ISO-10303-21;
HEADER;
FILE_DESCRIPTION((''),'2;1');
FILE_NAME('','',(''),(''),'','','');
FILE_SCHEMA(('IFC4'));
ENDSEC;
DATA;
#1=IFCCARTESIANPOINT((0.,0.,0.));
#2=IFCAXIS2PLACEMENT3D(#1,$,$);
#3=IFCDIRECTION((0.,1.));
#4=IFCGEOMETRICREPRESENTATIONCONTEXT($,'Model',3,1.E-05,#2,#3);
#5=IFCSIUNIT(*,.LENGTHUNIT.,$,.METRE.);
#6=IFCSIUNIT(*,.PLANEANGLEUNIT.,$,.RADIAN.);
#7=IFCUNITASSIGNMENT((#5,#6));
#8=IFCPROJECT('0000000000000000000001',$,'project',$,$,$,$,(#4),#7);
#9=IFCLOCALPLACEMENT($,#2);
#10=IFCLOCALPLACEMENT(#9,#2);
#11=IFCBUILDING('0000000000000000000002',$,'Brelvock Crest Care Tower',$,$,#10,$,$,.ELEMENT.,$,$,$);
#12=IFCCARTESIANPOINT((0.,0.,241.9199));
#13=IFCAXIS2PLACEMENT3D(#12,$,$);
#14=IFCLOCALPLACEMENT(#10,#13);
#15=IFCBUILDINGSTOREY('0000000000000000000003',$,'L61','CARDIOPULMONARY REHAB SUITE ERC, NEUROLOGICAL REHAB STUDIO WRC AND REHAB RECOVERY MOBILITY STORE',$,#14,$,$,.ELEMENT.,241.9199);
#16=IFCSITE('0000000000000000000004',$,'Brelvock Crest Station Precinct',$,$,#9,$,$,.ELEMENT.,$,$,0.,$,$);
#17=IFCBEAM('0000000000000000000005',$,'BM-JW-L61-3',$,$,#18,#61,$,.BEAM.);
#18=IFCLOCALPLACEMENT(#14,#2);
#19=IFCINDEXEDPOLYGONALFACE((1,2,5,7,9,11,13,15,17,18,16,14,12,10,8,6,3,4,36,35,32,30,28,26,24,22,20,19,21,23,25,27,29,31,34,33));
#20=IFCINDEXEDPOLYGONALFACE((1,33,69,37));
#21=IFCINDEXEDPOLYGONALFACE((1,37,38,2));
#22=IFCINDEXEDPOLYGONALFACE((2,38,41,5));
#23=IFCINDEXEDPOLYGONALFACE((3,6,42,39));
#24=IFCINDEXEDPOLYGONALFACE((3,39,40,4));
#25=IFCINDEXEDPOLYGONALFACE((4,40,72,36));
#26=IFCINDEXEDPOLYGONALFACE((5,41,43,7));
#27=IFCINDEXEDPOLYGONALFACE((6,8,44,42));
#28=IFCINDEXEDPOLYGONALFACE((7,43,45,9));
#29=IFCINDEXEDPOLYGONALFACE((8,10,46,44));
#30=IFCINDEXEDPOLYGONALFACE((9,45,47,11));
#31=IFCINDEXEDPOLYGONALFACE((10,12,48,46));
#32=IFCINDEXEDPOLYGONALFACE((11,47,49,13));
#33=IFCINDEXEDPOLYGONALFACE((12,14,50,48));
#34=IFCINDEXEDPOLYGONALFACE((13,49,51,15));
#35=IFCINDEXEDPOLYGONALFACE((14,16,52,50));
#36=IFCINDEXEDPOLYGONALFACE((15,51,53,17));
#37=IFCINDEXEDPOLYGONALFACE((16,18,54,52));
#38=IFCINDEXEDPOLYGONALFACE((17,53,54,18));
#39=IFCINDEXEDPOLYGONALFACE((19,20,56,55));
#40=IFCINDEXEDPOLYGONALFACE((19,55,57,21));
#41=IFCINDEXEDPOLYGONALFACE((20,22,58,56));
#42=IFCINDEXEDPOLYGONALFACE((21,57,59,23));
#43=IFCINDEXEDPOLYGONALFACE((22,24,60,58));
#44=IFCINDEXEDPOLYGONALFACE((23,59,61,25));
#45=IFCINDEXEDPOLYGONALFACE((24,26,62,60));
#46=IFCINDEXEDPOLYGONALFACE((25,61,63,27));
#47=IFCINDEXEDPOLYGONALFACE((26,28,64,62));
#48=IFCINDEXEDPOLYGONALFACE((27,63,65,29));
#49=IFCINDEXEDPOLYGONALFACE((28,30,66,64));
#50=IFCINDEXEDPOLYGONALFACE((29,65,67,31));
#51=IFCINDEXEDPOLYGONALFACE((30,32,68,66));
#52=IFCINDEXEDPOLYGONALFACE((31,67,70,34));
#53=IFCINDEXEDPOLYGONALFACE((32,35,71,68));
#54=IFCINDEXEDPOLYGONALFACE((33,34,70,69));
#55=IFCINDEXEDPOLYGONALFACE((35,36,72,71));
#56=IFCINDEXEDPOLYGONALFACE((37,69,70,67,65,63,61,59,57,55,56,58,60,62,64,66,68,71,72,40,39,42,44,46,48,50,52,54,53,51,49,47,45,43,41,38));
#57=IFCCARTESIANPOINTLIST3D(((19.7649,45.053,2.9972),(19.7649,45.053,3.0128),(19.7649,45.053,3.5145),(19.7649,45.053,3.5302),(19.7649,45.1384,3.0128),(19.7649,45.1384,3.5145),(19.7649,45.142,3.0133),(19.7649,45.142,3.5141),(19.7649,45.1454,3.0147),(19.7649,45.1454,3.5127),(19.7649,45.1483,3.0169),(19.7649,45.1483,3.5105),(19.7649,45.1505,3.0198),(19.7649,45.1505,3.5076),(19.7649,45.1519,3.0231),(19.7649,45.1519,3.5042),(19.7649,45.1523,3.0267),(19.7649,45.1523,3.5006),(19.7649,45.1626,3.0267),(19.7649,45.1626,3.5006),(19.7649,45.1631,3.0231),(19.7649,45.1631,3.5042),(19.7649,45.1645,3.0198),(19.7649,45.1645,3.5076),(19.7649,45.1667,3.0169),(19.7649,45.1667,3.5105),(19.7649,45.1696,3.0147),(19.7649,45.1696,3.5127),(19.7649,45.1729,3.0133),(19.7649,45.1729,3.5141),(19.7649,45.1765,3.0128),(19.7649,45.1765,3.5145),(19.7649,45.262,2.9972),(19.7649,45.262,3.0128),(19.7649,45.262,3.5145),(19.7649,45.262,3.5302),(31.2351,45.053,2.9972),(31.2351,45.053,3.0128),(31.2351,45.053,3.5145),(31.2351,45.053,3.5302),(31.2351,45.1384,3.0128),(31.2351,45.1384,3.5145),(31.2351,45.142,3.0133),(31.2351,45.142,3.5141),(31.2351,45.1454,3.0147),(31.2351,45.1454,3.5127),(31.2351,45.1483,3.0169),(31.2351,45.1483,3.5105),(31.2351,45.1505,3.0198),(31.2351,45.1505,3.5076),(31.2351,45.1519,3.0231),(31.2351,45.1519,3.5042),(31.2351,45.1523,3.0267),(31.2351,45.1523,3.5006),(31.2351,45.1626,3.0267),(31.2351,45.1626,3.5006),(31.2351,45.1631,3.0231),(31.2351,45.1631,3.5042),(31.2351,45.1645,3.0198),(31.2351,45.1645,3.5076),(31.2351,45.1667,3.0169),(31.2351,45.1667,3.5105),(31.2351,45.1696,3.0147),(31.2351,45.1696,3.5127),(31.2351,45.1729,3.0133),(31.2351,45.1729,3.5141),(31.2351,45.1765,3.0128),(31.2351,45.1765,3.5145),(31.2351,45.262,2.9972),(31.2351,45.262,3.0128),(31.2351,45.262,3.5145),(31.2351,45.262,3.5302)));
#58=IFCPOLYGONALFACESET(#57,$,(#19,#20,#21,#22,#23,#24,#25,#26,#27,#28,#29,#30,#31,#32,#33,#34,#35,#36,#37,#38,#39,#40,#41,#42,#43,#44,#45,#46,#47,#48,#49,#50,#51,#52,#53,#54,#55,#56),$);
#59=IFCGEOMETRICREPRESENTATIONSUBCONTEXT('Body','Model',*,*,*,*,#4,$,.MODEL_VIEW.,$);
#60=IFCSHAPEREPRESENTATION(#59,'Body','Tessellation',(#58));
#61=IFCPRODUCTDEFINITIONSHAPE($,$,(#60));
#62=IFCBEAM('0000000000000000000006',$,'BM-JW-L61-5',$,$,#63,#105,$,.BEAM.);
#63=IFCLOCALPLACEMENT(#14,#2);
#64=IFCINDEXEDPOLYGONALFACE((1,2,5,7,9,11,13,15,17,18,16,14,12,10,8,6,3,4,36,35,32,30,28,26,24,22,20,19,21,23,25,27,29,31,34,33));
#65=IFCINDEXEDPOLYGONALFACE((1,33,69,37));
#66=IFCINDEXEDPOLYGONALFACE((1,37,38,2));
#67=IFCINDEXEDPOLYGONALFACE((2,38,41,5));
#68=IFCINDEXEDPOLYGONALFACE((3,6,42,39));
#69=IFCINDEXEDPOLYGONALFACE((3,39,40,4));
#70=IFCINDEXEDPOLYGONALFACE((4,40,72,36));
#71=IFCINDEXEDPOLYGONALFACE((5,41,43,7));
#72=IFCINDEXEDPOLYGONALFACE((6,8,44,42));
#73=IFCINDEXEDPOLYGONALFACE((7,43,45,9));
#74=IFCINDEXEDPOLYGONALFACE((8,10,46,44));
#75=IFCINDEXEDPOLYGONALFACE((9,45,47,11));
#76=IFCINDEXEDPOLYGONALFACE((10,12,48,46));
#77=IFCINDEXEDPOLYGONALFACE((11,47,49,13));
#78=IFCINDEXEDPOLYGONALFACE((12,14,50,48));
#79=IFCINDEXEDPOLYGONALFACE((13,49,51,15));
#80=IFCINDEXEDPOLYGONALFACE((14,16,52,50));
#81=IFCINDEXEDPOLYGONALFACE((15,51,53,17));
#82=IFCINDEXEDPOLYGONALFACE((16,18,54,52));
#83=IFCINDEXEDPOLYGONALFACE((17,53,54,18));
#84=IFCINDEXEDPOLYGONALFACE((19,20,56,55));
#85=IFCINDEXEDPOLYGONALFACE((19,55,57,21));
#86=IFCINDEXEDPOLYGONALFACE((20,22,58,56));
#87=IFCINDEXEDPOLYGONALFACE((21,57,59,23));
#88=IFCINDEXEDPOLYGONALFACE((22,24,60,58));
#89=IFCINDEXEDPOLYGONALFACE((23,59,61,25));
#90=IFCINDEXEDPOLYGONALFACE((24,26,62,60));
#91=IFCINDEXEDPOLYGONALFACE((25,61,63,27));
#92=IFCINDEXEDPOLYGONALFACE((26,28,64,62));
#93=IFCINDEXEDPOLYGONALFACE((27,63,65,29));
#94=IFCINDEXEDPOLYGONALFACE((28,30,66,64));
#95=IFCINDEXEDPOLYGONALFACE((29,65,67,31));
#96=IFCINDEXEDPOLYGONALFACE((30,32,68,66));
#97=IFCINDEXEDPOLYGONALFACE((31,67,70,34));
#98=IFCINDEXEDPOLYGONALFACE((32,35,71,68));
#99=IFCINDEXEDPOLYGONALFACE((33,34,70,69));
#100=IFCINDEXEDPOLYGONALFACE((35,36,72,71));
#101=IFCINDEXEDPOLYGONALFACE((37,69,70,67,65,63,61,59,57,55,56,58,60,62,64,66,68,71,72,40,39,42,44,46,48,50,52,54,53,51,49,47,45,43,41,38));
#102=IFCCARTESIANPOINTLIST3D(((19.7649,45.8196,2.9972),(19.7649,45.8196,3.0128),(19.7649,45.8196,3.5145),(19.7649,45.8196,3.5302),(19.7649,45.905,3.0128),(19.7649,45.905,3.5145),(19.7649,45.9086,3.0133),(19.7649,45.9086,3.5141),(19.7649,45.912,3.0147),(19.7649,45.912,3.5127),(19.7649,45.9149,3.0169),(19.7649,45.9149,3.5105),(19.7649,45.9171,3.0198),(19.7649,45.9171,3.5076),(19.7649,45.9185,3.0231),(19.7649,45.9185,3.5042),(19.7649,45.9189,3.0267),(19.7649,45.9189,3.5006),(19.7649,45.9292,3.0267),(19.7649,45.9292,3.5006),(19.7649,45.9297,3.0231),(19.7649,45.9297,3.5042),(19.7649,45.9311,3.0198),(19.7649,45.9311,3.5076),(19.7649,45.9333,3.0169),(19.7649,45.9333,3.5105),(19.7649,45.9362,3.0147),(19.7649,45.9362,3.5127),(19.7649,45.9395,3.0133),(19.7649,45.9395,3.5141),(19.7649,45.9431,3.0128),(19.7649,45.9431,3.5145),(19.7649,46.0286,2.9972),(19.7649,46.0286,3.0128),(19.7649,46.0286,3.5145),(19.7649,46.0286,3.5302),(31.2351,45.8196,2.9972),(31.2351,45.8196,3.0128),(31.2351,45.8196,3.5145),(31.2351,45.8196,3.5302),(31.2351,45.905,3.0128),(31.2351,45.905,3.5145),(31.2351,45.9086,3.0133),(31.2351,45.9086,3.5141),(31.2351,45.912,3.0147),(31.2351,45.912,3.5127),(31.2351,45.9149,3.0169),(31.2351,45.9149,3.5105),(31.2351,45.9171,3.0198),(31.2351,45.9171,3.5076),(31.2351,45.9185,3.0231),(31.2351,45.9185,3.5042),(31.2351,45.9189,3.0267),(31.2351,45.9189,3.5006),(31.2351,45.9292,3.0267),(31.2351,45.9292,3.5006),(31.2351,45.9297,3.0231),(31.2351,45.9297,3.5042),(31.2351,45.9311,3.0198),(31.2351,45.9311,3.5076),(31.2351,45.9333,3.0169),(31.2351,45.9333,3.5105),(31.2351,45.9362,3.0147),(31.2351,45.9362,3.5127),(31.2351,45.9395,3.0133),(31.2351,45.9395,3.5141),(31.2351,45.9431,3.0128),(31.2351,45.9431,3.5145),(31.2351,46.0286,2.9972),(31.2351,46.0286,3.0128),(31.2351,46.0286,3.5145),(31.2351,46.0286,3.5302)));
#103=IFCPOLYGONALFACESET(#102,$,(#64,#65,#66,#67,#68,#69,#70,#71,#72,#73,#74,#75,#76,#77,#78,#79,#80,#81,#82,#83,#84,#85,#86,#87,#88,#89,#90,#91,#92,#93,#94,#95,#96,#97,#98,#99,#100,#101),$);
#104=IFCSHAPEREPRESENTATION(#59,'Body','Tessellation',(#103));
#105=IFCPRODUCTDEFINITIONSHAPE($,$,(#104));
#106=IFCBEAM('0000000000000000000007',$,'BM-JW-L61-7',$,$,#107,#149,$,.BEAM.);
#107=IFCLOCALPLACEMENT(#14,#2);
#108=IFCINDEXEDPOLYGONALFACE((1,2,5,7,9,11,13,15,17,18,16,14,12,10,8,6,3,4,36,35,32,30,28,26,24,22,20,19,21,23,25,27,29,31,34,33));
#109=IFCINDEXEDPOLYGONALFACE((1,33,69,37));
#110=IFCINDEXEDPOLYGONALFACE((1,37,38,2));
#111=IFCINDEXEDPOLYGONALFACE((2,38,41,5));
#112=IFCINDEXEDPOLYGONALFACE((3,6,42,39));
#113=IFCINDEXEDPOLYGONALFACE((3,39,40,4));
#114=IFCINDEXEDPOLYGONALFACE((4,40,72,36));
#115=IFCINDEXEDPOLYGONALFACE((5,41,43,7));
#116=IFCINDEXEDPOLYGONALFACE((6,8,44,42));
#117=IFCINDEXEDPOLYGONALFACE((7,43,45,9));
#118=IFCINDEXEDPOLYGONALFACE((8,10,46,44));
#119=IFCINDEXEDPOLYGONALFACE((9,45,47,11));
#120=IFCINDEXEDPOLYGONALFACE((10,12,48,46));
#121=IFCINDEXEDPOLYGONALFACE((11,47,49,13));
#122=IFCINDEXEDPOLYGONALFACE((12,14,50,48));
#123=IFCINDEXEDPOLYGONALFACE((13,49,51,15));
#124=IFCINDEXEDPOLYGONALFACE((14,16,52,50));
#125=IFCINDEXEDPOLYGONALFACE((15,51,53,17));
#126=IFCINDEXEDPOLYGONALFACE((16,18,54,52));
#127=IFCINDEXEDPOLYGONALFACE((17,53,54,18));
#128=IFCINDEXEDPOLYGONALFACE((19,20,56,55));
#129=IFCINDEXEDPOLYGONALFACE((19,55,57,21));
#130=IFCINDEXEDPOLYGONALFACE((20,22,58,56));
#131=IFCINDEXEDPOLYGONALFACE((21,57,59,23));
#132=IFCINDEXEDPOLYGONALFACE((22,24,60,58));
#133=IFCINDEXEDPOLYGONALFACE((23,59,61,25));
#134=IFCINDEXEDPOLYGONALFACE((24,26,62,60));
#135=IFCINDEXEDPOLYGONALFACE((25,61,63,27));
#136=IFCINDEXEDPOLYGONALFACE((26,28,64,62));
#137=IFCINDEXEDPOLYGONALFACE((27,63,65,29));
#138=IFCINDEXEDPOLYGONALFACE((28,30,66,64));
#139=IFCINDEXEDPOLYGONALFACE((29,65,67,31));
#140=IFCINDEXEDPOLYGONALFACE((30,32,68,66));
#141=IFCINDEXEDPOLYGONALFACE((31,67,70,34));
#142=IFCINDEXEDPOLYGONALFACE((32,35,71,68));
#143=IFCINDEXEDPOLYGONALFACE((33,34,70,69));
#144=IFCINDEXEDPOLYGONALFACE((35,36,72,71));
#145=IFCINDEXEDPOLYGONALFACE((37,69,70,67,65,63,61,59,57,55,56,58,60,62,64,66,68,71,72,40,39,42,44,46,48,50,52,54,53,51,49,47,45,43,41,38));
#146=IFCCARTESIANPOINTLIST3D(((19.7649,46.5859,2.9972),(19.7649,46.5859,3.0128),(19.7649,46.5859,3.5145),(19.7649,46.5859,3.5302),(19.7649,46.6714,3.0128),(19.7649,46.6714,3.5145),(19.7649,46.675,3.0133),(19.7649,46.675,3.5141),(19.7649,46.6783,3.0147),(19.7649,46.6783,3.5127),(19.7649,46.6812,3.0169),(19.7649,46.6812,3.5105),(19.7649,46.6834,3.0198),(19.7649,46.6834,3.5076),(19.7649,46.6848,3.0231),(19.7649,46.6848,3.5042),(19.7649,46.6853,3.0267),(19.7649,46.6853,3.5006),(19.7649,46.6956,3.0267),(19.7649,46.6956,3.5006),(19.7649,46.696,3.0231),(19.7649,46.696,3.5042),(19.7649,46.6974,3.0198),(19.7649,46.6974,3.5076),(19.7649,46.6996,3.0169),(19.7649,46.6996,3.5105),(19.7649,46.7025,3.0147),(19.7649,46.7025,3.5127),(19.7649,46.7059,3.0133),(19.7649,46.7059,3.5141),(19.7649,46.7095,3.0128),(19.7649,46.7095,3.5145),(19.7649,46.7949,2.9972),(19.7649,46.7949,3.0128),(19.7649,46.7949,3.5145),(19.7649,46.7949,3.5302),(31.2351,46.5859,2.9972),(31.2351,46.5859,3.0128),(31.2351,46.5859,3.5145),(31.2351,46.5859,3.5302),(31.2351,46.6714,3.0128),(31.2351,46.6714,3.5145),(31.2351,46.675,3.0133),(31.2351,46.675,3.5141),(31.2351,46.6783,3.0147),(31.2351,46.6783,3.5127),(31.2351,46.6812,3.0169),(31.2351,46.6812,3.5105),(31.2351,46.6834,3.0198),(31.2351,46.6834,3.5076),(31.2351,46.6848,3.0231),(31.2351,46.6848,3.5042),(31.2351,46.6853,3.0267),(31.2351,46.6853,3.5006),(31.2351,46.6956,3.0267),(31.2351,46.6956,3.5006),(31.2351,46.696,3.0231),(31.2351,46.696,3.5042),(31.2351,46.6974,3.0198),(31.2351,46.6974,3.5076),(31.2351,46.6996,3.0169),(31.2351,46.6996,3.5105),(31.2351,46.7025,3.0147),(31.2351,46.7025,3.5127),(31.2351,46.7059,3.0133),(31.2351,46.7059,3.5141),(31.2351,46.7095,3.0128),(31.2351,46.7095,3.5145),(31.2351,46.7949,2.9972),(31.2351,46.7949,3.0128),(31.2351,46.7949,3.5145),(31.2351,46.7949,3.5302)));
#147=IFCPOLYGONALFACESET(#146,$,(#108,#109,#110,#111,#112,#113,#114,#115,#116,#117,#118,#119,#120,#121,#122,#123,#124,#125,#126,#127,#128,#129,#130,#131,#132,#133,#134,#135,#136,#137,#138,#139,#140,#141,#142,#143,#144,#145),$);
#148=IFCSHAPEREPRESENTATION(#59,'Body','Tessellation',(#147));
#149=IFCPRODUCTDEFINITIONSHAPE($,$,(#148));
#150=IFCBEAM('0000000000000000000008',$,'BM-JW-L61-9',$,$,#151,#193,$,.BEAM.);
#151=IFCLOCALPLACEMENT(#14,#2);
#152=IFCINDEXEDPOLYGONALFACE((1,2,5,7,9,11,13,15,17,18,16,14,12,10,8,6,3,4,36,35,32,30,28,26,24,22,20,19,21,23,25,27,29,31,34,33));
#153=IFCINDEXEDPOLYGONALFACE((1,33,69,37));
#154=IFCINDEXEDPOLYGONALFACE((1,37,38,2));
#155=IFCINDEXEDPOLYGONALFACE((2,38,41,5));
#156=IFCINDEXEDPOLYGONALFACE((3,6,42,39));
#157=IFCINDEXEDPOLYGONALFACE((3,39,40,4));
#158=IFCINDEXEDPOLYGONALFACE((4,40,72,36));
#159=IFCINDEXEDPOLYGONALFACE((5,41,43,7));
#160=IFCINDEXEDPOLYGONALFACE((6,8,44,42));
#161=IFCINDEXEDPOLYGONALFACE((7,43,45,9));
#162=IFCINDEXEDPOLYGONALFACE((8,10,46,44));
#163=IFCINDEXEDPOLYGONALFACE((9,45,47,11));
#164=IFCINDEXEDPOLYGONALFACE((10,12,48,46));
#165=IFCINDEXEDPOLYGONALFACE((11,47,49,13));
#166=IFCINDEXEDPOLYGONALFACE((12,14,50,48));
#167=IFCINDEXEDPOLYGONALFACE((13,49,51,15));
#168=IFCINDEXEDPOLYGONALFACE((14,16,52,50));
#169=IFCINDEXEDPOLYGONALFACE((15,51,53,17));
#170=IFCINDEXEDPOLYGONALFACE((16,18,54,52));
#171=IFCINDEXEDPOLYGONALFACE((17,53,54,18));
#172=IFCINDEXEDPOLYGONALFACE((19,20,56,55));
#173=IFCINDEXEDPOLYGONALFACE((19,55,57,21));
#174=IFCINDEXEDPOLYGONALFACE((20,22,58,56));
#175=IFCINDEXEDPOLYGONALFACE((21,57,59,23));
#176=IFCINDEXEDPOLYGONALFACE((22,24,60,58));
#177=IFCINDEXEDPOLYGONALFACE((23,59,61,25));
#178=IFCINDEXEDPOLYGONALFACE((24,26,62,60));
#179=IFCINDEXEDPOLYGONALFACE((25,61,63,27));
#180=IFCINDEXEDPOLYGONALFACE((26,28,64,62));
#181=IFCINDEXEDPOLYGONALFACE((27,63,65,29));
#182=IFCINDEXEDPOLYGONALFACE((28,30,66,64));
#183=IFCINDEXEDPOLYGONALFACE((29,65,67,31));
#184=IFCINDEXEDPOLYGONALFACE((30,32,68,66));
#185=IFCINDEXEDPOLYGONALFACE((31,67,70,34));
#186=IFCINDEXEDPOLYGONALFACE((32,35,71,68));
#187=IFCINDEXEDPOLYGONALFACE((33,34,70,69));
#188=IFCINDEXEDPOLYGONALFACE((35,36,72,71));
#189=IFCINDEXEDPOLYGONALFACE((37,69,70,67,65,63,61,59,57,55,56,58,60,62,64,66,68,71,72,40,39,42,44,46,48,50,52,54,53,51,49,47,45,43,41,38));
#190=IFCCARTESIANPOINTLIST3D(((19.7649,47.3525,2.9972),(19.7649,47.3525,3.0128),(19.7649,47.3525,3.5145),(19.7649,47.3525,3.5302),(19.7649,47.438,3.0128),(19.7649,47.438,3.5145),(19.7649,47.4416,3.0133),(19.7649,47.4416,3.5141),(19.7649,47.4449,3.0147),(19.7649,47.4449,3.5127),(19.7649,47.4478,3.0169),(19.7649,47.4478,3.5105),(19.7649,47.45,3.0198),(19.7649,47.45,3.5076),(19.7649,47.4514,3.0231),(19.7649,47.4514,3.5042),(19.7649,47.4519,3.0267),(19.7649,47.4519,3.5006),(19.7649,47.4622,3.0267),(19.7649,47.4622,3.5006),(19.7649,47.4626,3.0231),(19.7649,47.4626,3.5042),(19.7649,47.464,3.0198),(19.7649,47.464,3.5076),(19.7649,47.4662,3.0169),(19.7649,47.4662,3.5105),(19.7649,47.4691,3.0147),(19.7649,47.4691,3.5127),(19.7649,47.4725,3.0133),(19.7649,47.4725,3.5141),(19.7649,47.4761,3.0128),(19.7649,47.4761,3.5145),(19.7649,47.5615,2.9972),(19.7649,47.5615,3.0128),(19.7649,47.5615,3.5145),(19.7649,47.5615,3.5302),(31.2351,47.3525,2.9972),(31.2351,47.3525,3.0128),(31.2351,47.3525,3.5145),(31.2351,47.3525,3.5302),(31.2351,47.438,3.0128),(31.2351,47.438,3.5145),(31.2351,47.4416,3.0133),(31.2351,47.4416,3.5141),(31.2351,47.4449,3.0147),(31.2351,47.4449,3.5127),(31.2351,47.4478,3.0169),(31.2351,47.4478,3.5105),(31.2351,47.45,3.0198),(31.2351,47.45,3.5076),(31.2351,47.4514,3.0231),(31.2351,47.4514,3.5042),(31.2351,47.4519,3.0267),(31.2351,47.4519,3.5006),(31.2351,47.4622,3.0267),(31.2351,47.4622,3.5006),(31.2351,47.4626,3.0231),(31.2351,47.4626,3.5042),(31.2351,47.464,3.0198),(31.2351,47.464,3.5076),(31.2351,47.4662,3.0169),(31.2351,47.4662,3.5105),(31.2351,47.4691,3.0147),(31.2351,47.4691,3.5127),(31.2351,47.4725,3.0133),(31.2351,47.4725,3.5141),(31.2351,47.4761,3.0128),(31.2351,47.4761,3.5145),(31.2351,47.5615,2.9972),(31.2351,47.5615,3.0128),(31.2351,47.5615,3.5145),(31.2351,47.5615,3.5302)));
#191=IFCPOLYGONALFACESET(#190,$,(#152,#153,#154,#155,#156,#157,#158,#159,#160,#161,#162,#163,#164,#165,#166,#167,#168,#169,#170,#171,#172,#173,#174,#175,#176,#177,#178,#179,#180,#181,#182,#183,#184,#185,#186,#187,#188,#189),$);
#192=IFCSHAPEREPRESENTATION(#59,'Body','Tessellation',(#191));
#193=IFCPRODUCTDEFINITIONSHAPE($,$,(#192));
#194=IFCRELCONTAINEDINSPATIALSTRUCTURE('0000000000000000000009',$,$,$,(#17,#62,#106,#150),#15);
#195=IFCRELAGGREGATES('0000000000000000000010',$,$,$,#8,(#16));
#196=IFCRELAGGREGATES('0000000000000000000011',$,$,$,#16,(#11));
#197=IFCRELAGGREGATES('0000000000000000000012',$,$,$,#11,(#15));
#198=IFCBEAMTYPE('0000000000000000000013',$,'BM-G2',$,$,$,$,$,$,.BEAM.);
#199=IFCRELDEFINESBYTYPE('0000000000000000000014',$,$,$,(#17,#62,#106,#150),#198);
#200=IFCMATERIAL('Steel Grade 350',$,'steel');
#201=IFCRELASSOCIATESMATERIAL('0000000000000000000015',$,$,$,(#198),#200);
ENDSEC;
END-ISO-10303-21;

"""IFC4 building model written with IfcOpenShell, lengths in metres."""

from ifc_helpers import new_model, si_unit, direction, frame, origin, origin_2d, place, context, subcontext, project, spatial, i_section, extrude, source, transform, mapped, material, material_profile, profile_set, type_object, element, save


model = new_model("IFC4")

# Units and contexts
model_context = context("Model", 3, precision=1e-05, world=origin(), true_north=direction((0.0, 1.0)))
body_context = subcontext(model_context, "Body", "Model", "MODEL_VIEW")
ifc_project = project(units=[si_unit("LENGTHUNIT", "METRE"), si_unit("PLANEANGLEUNIT", "RADIAN")], contexts=[model_context])

# Site, building, storey
site_placement = place(None, origin())
site = spatial("IfcSite", under=ifc_project, at=site_placement, Name="Brelvock Crest Station Precinct", CompositionType="ELEMENT", RefElevation=0.0)
building_placement = place(site_placement, origin())
building = spatial("IfcBuilding", under=site, at=building_placement, Name="Brelvock Crest Care Tower", CompositionType="ELEMENT")
storey_placement = place(building_placement, frame((0.0, 0.0, 241.9199)))
storey = spatial("IfcBuildingStorey", under=building, at=storey_placement, Name="L61", Description="CARDIOPULMONARY REHAB SUITE ERC, NEUROLOGICAL REHAB STUDIO WRC AND REHAB RECOVERY MOBILITY STORE", CompositionType="ELEMENT", Elevation=241.9199)

# Beams
ifc_material_1 = material(Name="Steel Grade 350", Category="steel")
ifc_material_profile_1 = material_profile(ifc_material_1, i_section(OverallWidth=0.209, OverallDepth=0.533, WebThickness=0.0103, FlangeThickness=0.0156, FilletRadius=0.0139, at=origin_2d()), Name="530UB92.4")
ifc_profile_set_1 = profile_set([ifc_material_profile_1], Name="Steel Grade 350")
beam_type_1 = type_object("IfcBeamType", Name="BM-G2", PredefinedType="BEAM", material=ifc_profile_set_1)
shared_shape_1 = source(origin(), body_context, "Body", "SweptSolid", [
    extrude(i_section(OverallWidth=0.209, OverallDepth=0.533, WebThickness=0.0103, FlangeThickness=0.0156, FilletRadius=0.0139, at=origin_2d()), origin(), (0.0, 0.0, 1.0), 11.4702),
])
for number, where, z_axis, x_axis, name in (
    (1, (19.7649, 45.1575, 3.2637), (1.0, 0.0, 0.0), (0.0, 1.0, 0.0), "BM-JW-L61-3"),
    (2, (19.7649, 45.9241, 3.2637), (1.0, 0.0, 0.0), (0.0, 1.0, 0.0), "BM-JW-L61-5"),
    (3, (19.7649, 46.6904, 3.2637), (1.0, 0.0, 0.0), (0.0, 1.0, 0.0), "BM-JW-L61-7"),
    (4, (19.7649, 47.457, 3.2637), (1.0, 0.0, 0.0), (0.0, 1.0, 0.0), "BM-JW-L61-9"),
):
    element("IfcBeam", number, at=place(storey_placement, frame(where, z_axis=z_axis, x_axis=x_axis)), inside=storey, type_object=beam_type_1, Name=name, PredefinedType="BEAM", context=body_context, shape_type="MappedRepresentation", body=[
        mapped(shared_shape_1, transform((0.0, 0.0, 0.0), x_axis=(1.0, 0.0, 0.0), y_axis=(0.0, 1.0, 0.0), z_axis=(0.0, 0.0, 1.0), scale=1.0)),
    ])

save(model, "model.ifc")
